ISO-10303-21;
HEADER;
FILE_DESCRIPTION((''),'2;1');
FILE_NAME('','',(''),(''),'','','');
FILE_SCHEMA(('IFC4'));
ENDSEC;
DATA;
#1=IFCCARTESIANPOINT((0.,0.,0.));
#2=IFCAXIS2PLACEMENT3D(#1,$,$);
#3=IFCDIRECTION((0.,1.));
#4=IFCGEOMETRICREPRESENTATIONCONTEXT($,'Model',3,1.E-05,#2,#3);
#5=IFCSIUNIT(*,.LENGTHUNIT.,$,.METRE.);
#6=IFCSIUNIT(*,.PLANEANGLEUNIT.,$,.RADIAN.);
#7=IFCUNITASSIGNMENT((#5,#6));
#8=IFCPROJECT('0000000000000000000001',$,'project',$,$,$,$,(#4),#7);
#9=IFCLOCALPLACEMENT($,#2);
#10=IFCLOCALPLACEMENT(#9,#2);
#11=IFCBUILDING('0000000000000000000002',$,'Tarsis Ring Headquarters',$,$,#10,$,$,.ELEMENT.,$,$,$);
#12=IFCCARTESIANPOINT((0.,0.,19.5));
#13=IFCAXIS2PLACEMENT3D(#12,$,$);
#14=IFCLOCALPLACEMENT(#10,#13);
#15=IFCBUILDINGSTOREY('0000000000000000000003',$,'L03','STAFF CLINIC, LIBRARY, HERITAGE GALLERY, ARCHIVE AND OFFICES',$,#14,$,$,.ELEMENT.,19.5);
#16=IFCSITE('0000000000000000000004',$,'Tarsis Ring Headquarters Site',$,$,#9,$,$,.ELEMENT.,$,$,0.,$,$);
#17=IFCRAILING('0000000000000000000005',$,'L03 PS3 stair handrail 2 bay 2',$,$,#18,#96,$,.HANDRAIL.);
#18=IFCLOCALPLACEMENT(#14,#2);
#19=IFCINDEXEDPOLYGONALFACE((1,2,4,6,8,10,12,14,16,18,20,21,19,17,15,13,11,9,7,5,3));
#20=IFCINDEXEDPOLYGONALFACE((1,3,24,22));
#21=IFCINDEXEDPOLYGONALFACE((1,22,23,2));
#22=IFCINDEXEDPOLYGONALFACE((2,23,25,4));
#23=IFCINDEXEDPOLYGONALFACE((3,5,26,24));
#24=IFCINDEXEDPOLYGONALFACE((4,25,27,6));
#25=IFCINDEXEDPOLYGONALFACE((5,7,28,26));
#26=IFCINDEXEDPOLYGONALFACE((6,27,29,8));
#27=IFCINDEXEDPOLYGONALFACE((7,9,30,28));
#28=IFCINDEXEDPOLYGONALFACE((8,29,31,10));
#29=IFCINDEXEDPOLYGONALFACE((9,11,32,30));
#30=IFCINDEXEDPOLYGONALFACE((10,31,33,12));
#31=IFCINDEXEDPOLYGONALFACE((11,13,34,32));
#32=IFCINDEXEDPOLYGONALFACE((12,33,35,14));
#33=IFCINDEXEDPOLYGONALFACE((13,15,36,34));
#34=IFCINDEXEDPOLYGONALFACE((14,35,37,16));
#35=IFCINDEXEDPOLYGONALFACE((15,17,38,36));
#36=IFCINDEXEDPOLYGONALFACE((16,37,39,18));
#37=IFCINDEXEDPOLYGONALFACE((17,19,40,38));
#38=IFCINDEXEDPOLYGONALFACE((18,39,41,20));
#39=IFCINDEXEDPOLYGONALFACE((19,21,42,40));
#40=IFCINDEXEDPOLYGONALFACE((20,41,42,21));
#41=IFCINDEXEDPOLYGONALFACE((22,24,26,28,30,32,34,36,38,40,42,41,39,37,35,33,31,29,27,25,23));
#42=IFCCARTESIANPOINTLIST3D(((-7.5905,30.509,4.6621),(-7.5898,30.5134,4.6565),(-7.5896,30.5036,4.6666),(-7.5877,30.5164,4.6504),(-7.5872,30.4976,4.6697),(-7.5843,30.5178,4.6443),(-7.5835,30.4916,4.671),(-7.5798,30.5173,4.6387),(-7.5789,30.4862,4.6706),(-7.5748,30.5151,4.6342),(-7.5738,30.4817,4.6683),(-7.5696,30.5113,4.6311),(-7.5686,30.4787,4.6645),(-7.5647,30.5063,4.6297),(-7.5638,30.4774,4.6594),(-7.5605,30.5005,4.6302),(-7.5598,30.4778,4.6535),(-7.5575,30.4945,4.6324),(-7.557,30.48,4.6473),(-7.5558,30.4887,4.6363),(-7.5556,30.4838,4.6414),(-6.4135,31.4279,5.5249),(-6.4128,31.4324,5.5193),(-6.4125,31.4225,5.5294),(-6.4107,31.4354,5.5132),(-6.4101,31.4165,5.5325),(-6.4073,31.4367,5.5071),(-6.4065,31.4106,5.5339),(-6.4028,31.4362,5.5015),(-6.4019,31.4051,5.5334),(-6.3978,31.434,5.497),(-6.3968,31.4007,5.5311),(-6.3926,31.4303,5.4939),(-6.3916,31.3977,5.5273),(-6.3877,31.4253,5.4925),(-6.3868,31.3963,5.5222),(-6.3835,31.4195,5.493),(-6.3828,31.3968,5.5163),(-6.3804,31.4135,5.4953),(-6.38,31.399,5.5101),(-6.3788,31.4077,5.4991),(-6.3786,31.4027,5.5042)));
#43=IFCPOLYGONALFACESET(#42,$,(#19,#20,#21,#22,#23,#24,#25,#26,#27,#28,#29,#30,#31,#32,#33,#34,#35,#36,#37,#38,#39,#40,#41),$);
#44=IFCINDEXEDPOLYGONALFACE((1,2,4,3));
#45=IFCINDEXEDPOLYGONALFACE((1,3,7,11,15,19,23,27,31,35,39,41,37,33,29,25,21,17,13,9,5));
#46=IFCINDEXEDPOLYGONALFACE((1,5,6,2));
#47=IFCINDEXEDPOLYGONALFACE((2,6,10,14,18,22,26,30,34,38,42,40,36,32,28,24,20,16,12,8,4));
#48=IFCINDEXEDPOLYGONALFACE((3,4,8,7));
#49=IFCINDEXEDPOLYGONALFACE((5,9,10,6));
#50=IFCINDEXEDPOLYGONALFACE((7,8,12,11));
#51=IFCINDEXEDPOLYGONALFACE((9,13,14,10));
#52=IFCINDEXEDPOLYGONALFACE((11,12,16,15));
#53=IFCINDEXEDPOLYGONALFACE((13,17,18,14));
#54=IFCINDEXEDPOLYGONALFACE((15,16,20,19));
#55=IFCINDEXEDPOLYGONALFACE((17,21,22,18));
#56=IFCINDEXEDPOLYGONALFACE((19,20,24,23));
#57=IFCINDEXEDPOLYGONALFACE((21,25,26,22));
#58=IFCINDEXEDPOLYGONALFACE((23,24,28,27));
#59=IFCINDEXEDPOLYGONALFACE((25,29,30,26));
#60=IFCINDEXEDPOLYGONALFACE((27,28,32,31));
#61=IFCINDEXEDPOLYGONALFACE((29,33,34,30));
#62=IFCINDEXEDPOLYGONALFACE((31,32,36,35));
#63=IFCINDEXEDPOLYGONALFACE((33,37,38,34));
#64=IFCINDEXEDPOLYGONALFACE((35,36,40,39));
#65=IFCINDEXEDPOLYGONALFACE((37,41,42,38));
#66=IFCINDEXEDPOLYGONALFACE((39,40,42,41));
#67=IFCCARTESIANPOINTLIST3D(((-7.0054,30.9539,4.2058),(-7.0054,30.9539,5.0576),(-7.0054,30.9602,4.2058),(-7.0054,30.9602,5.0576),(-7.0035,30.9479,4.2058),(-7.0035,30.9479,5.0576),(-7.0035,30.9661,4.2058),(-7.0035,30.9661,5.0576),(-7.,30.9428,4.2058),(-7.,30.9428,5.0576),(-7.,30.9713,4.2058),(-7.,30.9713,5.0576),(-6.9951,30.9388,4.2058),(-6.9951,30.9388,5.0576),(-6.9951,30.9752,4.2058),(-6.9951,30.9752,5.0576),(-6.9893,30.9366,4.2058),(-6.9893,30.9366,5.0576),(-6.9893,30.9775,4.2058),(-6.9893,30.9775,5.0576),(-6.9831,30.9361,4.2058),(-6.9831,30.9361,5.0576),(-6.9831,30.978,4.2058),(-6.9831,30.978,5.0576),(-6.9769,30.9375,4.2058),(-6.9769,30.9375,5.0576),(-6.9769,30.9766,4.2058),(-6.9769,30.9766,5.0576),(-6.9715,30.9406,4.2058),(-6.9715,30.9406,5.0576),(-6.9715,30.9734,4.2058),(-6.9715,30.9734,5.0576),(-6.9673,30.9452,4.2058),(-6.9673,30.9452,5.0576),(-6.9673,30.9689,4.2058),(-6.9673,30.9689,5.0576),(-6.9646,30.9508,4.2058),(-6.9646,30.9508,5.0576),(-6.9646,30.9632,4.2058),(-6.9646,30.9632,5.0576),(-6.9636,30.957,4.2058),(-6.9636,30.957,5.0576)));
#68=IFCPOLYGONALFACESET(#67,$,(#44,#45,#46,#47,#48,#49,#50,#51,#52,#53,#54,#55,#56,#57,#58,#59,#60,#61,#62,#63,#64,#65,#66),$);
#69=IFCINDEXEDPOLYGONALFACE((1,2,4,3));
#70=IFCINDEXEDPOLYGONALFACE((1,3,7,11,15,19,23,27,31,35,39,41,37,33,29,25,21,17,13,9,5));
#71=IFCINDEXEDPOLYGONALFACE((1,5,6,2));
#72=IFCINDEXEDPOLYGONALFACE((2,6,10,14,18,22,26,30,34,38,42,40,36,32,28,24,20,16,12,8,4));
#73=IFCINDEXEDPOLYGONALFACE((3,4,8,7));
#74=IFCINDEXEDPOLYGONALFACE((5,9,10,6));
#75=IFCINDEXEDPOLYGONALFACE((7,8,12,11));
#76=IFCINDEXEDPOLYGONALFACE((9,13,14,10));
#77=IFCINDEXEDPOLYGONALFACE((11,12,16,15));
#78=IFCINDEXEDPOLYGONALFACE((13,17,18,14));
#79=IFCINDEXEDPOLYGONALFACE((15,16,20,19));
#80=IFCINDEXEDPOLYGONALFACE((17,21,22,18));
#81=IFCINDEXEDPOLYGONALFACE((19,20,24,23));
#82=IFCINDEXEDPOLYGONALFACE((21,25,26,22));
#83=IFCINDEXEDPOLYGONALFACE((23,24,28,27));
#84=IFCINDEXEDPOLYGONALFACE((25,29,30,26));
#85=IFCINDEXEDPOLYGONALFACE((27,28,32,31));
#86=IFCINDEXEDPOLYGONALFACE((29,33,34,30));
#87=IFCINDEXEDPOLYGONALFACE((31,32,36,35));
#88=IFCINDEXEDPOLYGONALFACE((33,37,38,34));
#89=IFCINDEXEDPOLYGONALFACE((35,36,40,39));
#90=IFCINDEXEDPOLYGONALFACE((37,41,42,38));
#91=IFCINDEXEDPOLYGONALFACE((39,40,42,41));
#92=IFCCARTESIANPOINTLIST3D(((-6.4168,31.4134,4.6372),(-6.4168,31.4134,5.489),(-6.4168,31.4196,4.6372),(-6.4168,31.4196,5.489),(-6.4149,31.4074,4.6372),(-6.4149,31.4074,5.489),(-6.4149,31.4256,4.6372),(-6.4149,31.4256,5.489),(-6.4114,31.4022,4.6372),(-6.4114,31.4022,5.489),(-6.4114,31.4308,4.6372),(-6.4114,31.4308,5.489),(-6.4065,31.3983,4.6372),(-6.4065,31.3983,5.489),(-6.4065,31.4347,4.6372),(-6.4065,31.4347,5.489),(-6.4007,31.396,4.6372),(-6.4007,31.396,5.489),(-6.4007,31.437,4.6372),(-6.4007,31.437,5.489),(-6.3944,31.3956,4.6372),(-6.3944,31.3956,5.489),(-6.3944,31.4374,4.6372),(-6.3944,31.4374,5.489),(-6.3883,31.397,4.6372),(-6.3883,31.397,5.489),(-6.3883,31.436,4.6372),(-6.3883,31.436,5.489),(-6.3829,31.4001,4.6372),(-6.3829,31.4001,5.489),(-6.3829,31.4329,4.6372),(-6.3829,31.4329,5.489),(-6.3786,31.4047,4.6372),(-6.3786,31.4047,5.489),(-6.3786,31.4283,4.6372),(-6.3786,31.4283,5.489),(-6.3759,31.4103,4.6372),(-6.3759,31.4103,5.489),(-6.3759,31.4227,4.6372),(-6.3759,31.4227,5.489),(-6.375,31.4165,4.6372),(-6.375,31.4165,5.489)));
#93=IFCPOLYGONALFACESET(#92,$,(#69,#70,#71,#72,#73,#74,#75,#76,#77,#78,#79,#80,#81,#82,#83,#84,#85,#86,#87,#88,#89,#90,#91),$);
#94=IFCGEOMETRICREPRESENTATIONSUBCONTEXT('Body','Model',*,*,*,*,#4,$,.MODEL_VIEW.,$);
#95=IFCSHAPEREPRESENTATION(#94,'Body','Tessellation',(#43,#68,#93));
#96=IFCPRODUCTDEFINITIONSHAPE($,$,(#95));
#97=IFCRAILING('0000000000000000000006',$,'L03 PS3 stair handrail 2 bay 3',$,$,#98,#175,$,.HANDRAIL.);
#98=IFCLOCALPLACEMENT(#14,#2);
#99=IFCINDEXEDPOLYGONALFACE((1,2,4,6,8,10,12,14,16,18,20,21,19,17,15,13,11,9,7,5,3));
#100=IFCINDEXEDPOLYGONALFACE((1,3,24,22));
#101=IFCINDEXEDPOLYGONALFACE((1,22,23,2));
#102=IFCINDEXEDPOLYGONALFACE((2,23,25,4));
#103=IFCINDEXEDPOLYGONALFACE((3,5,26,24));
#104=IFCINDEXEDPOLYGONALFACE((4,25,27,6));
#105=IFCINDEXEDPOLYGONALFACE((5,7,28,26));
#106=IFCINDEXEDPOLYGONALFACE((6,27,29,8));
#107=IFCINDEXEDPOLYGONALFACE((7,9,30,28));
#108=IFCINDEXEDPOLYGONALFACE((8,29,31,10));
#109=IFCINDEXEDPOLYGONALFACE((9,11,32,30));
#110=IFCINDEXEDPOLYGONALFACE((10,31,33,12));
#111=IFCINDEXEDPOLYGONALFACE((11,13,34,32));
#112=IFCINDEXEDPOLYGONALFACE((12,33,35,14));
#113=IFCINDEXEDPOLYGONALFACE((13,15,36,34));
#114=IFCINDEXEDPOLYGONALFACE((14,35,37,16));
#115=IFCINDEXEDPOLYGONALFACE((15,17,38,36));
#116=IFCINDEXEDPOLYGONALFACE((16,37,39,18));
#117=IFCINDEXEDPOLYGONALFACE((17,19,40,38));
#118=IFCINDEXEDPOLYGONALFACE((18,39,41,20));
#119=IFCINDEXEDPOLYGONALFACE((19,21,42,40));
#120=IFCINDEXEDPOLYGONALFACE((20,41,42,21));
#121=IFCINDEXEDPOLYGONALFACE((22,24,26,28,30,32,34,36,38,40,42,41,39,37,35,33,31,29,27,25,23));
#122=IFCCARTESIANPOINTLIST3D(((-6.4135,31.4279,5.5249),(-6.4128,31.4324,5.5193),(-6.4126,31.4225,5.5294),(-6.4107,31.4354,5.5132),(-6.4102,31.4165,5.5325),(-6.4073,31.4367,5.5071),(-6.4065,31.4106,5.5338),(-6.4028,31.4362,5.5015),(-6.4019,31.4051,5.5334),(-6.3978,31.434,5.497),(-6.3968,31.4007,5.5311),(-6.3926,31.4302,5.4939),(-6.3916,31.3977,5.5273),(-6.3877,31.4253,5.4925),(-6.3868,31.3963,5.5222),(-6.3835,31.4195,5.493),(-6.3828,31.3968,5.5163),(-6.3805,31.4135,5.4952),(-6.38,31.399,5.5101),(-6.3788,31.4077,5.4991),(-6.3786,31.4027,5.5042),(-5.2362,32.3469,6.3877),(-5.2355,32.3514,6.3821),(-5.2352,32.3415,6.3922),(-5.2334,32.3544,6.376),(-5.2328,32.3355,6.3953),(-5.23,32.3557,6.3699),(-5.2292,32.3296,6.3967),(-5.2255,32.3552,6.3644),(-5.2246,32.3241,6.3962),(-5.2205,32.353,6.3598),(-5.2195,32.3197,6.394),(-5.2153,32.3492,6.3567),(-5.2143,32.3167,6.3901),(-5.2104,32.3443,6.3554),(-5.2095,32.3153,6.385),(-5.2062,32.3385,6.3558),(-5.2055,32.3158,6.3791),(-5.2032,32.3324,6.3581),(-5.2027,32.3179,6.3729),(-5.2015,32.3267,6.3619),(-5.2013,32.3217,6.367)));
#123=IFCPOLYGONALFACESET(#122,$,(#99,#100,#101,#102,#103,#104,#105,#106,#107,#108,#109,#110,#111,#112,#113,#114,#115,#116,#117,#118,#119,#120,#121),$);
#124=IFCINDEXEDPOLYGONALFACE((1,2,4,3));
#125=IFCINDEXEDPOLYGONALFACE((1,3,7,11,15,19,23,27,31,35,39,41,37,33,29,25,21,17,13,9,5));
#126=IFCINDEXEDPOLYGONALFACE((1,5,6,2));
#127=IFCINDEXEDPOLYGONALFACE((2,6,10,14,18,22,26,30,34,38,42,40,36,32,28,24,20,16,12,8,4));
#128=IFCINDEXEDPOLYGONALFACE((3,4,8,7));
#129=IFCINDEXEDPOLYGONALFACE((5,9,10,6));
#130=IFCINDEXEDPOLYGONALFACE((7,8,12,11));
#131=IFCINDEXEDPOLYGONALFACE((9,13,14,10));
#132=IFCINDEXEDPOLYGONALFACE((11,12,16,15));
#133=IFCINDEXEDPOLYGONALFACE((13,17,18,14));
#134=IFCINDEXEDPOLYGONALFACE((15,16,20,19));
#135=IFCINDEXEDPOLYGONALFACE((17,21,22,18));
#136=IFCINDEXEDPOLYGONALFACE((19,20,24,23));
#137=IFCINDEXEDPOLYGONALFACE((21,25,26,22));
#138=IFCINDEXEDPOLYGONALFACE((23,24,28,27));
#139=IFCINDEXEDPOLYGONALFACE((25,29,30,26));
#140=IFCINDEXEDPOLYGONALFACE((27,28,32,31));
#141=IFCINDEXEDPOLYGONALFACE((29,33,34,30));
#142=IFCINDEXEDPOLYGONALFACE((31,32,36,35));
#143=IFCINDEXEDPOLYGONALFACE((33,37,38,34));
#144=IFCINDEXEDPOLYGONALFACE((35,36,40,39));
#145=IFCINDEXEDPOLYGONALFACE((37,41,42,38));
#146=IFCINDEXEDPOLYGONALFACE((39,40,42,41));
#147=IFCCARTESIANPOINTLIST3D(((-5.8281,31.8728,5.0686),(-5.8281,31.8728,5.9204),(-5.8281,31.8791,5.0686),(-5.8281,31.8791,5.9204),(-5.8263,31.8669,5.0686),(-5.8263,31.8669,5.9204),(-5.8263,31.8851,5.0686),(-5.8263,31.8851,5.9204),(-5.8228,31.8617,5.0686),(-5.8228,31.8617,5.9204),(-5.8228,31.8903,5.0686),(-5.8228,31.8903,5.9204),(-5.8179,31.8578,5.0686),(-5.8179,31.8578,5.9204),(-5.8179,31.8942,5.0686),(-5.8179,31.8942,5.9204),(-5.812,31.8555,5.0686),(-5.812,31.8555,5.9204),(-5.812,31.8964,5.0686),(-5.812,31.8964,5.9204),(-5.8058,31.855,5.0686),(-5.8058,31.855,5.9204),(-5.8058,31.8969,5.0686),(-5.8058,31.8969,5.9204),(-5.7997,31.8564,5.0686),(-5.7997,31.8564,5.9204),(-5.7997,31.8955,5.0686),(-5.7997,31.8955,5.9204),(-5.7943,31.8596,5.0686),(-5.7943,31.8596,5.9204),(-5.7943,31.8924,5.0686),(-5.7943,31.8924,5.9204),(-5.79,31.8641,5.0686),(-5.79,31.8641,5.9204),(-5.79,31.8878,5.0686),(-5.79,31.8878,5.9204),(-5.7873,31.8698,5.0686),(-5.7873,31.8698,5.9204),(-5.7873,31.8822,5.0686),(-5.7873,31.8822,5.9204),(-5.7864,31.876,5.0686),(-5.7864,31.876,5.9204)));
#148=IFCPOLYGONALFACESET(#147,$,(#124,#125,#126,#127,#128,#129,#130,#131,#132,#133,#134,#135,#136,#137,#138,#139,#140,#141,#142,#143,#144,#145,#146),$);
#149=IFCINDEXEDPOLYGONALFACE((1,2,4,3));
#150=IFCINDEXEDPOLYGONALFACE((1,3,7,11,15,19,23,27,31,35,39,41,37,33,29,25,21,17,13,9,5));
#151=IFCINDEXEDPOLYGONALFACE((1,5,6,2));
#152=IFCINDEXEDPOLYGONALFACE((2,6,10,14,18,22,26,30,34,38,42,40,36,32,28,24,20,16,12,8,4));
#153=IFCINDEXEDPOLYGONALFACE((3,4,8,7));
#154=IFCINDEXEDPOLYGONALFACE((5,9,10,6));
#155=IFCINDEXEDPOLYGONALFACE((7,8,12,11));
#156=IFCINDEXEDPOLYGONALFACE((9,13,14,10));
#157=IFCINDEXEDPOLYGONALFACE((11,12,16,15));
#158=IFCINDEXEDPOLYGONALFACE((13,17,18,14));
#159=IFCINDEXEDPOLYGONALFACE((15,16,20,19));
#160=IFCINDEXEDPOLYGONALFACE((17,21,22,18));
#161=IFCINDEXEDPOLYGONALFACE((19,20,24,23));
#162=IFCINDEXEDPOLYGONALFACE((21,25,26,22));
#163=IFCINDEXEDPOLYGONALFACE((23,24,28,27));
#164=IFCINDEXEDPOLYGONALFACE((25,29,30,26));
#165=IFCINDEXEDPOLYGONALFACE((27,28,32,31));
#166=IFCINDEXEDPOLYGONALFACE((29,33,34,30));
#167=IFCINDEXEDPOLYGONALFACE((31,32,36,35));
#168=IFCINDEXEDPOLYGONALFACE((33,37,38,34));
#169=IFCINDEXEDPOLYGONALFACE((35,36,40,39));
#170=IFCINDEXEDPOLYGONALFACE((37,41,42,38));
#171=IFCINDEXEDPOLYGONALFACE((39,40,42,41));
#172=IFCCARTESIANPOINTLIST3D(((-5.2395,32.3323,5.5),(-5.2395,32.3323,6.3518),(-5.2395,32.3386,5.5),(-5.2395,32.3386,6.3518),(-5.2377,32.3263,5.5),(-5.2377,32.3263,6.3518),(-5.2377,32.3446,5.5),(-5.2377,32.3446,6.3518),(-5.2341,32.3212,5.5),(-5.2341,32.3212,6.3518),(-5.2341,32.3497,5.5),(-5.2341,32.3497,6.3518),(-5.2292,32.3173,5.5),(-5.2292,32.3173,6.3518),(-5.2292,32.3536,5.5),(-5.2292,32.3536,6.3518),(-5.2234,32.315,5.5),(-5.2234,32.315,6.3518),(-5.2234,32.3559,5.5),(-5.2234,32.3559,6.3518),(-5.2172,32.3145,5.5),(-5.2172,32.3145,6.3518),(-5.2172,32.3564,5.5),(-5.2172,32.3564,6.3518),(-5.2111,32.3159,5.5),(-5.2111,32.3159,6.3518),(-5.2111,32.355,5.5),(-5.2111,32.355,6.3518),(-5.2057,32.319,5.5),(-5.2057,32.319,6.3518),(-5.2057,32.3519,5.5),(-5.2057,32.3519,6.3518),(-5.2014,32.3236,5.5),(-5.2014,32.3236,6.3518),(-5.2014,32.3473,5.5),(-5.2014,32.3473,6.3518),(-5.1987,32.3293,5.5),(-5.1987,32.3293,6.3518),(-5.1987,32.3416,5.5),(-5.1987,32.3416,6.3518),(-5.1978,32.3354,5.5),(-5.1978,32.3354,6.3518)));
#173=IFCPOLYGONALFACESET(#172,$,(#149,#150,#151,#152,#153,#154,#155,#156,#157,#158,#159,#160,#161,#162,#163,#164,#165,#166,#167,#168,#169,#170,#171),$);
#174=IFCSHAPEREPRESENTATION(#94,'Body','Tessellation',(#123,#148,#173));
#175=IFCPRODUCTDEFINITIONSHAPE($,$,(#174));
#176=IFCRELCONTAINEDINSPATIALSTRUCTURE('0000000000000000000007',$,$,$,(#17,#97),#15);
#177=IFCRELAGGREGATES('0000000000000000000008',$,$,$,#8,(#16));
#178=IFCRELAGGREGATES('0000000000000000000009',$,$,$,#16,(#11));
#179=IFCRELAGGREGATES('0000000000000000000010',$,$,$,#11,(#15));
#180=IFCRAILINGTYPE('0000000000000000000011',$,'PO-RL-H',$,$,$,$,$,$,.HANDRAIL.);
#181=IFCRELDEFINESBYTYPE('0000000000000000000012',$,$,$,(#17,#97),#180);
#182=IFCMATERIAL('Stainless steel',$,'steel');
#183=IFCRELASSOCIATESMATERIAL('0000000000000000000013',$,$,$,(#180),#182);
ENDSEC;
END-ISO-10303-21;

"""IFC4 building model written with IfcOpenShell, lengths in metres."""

from ifc_helpers import new_model, si_unit, direction, frame, origin, origin_2d, place, context, subcontext, project, spatial, circle, extrude, material, type_object, element, save


model = new_model("IFC4")

# Units and contexts
model_context = context("Model", 3, precision=1e-05, world=origin(), true_north=direction((0.0, 1.0)))
body_context = subcontext(model_context, "Body", "Model", "MODEL_VIEW")
ifc_project = project(units=[si_unit("LENGTHUNIT", "METRE"), si_unit("PLANEANGLEUNIT", "RADIAN")], contexts=[model_context])

# Site, building, storey
site_placement = place(None, origin())
site = spatial("IfcSite", under=ifc_project, at=site_placement, Name="Tarsis Ring Headquarters Site", CompositionType="ELEMENT", RefElevation=0.0)
building_placement = place(site_placement, origin())
building = spatial("IfcBuilding", under=site, at=building_placement, Name="Tarsis Ring Headquarters", CompositionType="ELEMENT")
storey_placement = place(building_placement, frame((0.0, 0.0, 19.5)))
storey = spatial("IfcBuildingStorey", under=building, at=storey_placement, Name="L03", Description="STAFF CLINIC, LIBRARY, HERITAGE GALLERY, ARCHIVE AND OFFICES", CompositionType="ELEMENT", Elevation=19.5)

# Railings
ifc_material_1 = material(Name="Stainless steel", Category="steel")
railing_type_1 = type_object("IfcRailingType", Name="PO-RL-H", PredefinedType="HANDRAIL", material=ifc_material_1)
railing_1_placement = place(storey_placement, frame((-7.573, 30.4976, 3.7744)))
element("IfcRailing", 1, at=railing_1_placement, inside=storey, type_object=railing_type_1, Name="L03 PS3 stair handrail 2 bay 2", PredefinedType="HANDRAIL", context=body_context, shape_type="SweptSolid", body=[
    extrude(circle(Radius=0.0239, at=origin_2d()), frame((0.0, 0.0, 0.876), z_axis=(0.682483, 0.532849, 0.500289), x_axis=(-0.6154, 0.788215, 0.0)), (0.0, 0.0, 1.0), 1.7246),
    extrude(circle(Radius=0.021, at=origin_2d()), frame((0.5884, 0.4595, 0.4314)), (0.0, 0.0, 1.0), 0.8518),
    extrude(circle(Radius=0.021, at=origin_2d()), frame((1.177, 0.9189, 0.8628)), (0.0, 0.0, 1.0), 0.8518),
])
railing_2_placement = place(storey_placement, frame((-6.396, 31.4165, 4.6372)))
element("IfcRailing", 2, at=railing_2_placement, inside=storey, type_object=railing_type_1, Name="L03 PS3 stair handrail 2 bay 3", PredefinedType="HANDRAIL", context=body_context, shape_type="SweptSolid", body=[
    extrude(circle(Radius=0.0239, at=origin_2d()), frame((0.0, 0.0, 0.876), z_axis=(0.682558, 0.532798, 0.500241), x_axis=(-0.61532, 0.788277, 0.0)), (0.0, 0.0, 1.0), 1.7249),
    extrude(circle(Radius=0.021, at=origin_2d()), frame((0.5886, 0.4595, 0.4314)), (0.0, 0.0, 1.0), 0.8518),
    extrude(circle(Radius=0.021, at=origin_2d()), frame((1.1772, 0.9189, 0.8628)), (0.0, 0.0, 1.0), 0.8518),
])

save(model, "model.ifc")
